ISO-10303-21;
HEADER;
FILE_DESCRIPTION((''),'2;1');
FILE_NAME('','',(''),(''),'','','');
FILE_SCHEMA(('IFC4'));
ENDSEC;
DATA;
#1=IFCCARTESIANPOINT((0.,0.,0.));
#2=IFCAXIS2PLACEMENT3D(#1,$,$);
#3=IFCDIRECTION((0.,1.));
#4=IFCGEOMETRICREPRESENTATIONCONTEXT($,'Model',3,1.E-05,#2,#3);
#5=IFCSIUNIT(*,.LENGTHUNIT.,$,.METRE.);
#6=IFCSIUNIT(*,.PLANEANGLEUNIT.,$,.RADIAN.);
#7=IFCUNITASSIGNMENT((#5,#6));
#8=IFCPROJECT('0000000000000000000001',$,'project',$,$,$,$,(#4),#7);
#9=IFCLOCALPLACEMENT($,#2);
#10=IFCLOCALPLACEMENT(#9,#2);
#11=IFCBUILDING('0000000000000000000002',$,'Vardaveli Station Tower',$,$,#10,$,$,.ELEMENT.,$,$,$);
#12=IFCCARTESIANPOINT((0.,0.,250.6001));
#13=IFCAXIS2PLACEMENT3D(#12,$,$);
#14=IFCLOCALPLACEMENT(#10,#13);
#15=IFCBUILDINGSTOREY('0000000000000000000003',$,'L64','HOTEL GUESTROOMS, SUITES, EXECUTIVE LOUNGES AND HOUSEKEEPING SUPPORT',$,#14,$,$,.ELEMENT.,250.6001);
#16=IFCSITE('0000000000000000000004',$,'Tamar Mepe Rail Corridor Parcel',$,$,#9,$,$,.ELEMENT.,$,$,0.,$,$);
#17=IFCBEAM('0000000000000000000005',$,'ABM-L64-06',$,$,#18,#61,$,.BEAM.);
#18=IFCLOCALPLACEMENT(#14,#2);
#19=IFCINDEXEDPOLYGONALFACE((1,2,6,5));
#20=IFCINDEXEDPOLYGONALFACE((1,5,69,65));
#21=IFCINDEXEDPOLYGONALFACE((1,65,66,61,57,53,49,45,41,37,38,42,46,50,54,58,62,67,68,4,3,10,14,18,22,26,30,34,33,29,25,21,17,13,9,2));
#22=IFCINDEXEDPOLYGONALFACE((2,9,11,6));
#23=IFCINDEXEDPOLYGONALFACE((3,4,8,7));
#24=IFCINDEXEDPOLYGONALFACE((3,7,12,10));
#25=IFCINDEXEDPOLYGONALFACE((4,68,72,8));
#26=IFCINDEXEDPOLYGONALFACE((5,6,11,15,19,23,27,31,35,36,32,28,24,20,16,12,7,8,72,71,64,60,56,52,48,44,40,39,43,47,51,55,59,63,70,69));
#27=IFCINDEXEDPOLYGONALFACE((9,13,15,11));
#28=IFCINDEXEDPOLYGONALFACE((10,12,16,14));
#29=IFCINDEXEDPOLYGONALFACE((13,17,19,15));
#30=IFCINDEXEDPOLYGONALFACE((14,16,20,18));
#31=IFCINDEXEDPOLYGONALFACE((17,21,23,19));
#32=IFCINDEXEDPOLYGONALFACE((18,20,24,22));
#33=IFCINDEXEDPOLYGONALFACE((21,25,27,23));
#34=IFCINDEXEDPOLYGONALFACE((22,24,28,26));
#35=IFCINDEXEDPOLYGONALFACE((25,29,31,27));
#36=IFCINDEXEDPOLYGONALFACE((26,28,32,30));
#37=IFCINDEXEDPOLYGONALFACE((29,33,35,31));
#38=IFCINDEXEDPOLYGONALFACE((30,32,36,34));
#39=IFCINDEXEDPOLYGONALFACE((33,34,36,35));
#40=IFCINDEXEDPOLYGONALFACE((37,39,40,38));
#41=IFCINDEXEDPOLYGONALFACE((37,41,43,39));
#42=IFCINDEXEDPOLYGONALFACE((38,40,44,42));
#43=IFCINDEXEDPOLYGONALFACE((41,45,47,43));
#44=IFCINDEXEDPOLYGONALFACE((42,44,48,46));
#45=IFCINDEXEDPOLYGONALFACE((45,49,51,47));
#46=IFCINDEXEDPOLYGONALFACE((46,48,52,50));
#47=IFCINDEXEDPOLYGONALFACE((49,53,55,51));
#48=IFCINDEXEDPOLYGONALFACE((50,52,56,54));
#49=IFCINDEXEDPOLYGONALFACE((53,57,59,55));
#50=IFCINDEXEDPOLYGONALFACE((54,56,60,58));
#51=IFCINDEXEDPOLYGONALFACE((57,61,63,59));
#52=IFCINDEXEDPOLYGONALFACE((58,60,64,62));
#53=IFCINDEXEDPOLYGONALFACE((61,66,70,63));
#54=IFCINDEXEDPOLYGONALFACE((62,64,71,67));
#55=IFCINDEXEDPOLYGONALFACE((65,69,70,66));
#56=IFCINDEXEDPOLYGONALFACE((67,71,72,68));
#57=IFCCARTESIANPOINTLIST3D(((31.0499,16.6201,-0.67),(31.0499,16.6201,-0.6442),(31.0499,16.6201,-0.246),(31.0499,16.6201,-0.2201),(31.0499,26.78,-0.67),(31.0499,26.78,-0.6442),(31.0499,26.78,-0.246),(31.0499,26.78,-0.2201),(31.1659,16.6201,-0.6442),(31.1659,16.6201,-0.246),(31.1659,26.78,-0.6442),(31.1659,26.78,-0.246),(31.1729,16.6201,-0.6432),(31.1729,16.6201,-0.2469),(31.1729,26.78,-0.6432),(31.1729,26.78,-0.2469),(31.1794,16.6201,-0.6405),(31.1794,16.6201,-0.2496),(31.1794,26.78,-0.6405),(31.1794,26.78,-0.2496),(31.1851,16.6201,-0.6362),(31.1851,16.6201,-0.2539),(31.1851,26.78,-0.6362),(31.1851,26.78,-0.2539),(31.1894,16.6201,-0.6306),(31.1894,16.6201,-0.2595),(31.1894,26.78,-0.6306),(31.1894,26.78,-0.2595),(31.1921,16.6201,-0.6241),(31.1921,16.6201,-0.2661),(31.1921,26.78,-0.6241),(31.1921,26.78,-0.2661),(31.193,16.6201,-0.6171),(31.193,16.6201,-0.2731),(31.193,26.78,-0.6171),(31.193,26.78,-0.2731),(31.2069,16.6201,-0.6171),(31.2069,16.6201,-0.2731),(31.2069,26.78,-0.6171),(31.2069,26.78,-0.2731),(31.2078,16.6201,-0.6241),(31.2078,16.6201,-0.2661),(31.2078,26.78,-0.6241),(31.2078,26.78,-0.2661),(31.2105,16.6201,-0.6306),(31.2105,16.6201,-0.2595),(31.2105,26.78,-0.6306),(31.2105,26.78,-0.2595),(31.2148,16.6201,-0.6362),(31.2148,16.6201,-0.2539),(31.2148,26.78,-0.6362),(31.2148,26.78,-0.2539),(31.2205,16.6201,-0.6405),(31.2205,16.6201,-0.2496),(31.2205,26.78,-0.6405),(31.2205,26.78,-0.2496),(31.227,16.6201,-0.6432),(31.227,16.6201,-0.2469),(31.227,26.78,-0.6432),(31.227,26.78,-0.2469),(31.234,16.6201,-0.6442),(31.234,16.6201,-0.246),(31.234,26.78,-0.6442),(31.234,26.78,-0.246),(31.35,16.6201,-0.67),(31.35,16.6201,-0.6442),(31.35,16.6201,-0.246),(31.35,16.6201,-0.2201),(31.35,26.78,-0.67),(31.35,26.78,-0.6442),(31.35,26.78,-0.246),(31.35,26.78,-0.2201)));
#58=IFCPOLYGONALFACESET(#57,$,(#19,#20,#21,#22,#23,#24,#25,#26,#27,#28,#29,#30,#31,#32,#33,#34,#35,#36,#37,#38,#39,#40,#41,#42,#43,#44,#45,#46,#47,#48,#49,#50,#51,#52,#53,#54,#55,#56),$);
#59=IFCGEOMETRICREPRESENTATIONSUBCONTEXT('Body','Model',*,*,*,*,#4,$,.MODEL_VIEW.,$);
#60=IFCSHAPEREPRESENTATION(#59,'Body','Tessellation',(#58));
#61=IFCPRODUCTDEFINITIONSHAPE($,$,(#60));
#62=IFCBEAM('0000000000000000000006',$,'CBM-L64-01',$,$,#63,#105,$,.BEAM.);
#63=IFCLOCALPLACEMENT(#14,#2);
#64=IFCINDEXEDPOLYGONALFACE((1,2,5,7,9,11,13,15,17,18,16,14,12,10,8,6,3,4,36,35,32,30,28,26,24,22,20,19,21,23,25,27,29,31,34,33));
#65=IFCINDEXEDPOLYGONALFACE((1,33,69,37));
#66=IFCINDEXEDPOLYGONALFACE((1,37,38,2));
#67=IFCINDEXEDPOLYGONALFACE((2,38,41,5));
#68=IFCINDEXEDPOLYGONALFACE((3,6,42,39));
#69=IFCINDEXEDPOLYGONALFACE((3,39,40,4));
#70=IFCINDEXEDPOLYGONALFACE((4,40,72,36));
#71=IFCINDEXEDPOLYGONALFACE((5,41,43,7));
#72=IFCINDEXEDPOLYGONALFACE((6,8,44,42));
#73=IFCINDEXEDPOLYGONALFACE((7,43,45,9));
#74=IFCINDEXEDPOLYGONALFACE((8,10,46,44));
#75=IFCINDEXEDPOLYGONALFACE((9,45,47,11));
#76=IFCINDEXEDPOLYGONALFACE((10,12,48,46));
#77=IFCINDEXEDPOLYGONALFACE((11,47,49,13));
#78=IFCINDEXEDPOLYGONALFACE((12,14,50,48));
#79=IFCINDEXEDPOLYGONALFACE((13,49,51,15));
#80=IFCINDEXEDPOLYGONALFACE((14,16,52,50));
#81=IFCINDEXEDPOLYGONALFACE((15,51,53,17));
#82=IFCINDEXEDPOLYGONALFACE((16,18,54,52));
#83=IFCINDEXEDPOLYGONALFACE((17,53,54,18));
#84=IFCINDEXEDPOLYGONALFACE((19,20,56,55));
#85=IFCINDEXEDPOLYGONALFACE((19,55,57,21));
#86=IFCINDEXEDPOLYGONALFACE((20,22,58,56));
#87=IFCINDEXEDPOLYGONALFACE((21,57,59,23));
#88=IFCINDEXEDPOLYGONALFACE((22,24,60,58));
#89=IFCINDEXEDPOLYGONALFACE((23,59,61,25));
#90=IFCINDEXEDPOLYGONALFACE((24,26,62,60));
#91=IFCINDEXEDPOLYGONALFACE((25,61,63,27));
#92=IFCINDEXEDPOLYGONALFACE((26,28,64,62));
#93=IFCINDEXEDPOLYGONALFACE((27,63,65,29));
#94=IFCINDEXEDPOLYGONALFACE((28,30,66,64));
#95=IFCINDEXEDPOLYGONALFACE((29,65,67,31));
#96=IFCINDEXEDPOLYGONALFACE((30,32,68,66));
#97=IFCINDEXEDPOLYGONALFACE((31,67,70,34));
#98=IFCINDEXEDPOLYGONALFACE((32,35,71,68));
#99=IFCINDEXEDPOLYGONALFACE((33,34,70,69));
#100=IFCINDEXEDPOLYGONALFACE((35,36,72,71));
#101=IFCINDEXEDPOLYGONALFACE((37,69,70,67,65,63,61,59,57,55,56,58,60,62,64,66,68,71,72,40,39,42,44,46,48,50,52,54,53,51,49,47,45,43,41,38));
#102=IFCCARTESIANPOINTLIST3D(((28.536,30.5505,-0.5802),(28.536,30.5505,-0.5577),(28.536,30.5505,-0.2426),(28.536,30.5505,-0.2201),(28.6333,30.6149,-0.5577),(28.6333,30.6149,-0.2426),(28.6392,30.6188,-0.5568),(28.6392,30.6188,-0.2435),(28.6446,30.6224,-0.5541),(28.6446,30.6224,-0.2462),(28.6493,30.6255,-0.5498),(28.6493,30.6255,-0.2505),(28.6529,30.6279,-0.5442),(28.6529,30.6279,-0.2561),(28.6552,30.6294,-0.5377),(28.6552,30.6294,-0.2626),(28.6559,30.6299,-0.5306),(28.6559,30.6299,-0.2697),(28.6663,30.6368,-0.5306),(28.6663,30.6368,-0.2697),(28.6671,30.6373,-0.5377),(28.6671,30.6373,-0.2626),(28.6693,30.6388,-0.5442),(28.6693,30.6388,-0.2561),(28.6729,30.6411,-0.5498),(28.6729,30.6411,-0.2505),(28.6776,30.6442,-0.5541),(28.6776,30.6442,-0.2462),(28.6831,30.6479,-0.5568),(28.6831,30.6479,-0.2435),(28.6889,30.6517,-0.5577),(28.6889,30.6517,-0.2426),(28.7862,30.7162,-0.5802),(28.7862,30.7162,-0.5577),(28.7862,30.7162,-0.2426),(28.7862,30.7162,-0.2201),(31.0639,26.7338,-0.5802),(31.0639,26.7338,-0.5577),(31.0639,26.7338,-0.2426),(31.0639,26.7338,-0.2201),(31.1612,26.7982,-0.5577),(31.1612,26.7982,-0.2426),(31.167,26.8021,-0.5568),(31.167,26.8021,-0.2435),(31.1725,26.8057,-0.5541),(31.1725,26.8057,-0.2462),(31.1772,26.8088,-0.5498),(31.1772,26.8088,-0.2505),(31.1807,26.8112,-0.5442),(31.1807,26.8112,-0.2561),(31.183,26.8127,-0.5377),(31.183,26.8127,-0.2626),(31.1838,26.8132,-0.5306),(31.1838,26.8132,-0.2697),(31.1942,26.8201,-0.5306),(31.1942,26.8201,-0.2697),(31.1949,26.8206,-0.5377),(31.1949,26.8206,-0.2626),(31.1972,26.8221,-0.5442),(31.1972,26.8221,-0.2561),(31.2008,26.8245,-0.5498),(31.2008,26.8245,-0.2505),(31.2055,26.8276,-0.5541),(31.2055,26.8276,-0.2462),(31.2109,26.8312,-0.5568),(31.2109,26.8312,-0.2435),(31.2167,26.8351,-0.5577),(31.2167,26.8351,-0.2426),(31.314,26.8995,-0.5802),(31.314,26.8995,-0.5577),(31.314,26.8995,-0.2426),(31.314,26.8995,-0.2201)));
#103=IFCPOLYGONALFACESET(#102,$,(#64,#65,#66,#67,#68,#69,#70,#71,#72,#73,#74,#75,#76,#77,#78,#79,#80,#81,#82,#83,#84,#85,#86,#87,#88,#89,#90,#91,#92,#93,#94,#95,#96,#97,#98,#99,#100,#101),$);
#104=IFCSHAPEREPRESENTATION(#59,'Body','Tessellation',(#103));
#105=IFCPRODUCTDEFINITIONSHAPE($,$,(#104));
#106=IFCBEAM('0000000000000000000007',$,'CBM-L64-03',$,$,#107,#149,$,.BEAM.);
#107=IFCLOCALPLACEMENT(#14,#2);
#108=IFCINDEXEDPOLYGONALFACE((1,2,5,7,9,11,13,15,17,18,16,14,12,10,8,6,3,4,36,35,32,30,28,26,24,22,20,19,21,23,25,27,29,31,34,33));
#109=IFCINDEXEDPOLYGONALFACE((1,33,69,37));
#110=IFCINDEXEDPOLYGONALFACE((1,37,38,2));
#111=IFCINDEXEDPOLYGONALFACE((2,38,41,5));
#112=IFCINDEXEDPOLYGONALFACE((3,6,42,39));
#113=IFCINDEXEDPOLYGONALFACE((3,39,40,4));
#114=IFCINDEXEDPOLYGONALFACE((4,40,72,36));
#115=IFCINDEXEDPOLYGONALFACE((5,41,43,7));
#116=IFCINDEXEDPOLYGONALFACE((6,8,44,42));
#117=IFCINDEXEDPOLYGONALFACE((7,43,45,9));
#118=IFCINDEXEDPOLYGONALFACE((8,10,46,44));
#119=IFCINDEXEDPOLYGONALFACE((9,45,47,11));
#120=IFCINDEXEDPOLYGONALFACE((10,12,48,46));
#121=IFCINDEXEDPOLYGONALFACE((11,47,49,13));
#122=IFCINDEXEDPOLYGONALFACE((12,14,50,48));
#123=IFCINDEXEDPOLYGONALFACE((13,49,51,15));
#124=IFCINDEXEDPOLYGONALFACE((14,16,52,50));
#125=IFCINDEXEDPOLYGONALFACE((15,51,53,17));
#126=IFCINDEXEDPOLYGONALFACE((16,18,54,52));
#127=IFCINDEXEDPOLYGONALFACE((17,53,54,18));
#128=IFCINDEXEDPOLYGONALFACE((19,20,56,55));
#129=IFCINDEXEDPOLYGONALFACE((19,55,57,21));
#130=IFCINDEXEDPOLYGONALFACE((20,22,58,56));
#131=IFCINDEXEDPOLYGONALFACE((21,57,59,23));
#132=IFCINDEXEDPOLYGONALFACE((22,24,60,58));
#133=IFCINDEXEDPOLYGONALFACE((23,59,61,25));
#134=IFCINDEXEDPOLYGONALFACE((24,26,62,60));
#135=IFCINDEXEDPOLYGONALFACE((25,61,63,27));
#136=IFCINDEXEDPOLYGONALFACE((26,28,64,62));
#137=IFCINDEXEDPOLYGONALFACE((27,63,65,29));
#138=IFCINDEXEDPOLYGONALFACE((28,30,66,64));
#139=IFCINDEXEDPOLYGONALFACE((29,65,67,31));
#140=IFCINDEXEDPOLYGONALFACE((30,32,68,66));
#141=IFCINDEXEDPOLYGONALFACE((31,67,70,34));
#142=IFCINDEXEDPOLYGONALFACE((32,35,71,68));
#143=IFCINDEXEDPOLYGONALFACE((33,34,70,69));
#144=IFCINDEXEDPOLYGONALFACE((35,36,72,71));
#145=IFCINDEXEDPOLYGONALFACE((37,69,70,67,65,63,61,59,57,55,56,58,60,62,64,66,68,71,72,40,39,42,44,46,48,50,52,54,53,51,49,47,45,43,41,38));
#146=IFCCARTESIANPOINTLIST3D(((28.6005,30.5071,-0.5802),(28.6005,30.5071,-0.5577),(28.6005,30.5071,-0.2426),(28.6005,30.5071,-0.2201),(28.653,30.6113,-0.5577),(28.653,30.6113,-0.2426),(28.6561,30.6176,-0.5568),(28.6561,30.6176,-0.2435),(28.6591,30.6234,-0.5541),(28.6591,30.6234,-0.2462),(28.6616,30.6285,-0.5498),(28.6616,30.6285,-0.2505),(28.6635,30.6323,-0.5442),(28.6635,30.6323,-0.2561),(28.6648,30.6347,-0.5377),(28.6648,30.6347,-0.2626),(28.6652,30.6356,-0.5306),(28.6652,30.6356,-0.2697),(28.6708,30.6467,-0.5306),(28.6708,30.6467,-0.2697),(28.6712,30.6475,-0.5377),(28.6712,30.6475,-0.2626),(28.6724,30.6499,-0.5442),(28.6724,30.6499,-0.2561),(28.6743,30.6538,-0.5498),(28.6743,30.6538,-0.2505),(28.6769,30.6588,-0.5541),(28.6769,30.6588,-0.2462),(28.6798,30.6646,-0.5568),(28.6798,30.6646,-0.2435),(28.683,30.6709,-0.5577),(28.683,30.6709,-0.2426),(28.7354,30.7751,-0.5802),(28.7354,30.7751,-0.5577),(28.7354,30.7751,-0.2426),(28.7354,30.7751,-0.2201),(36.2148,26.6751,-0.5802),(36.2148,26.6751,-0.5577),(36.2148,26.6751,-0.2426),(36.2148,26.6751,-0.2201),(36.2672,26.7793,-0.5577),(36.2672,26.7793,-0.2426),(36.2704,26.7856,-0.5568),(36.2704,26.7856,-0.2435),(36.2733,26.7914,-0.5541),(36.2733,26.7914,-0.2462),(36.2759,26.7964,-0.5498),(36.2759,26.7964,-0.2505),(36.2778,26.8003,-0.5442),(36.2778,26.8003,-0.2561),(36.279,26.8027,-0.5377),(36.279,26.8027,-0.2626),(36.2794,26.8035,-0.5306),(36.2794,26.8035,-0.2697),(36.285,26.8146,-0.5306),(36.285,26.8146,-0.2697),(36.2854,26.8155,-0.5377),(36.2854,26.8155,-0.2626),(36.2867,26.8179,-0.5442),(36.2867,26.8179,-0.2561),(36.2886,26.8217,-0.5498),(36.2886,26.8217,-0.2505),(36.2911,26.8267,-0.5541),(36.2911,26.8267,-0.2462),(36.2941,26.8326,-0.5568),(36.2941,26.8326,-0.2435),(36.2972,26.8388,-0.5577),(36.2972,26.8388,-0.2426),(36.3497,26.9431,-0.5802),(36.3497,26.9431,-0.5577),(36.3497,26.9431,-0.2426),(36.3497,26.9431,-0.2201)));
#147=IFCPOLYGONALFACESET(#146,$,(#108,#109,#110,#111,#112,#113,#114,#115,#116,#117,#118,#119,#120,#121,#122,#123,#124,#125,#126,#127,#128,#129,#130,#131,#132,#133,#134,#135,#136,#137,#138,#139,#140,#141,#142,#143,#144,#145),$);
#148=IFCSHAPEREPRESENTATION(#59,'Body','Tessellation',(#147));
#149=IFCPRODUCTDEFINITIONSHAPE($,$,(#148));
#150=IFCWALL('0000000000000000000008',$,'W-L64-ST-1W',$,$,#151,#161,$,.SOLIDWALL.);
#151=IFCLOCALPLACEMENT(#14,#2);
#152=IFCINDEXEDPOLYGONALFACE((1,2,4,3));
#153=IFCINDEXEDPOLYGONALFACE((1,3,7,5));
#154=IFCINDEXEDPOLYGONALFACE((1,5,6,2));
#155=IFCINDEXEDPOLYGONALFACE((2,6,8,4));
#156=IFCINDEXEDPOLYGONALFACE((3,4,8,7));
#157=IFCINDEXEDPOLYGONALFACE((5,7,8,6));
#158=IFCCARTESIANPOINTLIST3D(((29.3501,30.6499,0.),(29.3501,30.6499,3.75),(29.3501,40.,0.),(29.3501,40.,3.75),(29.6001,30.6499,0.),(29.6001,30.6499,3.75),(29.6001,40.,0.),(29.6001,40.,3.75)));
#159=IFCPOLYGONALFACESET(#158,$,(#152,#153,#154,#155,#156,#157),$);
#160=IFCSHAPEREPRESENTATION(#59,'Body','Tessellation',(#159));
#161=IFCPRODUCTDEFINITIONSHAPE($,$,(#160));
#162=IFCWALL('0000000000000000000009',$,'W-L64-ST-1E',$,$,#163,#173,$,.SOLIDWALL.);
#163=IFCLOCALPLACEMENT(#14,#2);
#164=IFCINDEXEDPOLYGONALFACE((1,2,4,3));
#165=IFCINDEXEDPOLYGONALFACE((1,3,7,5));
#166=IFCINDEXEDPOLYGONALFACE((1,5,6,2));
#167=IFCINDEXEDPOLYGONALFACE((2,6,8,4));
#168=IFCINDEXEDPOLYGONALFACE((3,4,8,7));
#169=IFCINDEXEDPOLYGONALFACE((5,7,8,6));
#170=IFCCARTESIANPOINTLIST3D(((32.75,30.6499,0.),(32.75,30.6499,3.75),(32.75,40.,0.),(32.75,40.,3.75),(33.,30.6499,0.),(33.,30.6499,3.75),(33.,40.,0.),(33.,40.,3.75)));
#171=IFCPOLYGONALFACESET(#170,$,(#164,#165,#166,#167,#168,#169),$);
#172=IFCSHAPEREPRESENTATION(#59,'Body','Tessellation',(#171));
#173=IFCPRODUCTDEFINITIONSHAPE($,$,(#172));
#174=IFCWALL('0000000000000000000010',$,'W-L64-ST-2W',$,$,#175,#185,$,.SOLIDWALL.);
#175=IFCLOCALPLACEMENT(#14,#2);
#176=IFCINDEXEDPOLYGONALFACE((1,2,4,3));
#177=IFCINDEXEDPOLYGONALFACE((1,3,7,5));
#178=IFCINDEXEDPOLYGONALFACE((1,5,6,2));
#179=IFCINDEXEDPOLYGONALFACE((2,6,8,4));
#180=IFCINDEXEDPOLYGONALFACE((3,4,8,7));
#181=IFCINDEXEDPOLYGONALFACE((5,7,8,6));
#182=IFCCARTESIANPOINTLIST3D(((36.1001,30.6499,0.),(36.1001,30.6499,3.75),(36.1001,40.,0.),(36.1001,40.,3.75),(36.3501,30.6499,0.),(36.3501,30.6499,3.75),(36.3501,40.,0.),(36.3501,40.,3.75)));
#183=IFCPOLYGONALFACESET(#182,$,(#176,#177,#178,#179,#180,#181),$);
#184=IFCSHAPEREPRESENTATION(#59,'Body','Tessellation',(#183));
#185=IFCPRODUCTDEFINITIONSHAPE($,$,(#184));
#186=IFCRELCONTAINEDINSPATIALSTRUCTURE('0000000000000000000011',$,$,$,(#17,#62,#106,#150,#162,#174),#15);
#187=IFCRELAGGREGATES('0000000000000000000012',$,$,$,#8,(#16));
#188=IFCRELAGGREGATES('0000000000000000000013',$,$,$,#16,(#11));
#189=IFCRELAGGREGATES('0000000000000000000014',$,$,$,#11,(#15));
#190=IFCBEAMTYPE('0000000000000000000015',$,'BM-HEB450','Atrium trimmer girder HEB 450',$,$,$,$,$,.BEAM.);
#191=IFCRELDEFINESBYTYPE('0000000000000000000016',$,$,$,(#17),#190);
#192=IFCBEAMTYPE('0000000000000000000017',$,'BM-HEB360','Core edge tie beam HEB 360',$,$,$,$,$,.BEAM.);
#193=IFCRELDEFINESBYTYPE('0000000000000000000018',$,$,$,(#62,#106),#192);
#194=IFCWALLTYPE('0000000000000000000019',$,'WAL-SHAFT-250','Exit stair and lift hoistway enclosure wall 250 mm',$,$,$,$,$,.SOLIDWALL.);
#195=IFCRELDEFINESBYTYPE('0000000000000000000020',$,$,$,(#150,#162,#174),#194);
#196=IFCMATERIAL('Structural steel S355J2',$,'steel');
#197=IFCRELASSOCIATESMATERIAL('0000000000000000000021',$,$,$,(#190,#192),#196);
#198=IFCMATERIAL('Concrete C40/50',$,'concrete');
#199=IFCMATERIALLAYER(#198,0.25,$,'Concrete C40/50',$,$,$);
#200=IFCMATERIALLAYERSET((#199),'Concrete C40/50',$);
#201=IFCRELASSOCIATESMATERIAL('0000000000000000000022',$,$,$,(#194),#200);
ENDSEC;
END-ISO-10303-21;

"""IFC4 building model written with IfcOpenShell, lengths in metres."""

from ifc_helpers import new_model, si_unit, direction, frame, frame_2d, origin, origin_2d, place, context, subcontext, project, spatial, rectangle, i_section, extrude, source, transform, mapped, material, layer, layer_set, material_profile, profile_set, type_object, element, save


model = new_model("IFC4")

# Units and contexts
model_context = context("Model", 3, precision=1e-05, world=origin(), true_north=direction((0.0, 1.0)))
body_context = subcontext(model_context, "Body", "Model", "MODEL_VIEW")
ifc_project = project(units=[si_unit("LENGTHUNIT", "METRE"), si_unit("PLANEANGLEUNIT", "RADIAN")], contexts=[model_context])

# Site, building, storey
site_placement = place(None, origin())
site = spatial("IfcSite", under=ifc_project, at=site_placement, Name="Tamar Mepe Rail Corridor Parcel", CompositionType="ELEMENT", RefElevation=0.0)
building_placement = place(site_placement, origin())
building = spatial("IfcBuilding", under=site, at=building_placement, Name="Vardaveli Station Tower", CompositionType="ELEMENT")
storey_placement = place(building_placement, frame((0.0, 0.0, 250.6001)))
storey = spatial("IfcBuildingStorey", under=building, at=storey_placement, Name="L64", Description="HOTEL GUESTROOMS, SUITES, EXECUTIVE LOUNGES AND HOUSEKEEPING SUPPORT", CompositionType="ELEMENT", Elevation=250.6001)

# Beams
ifc_material_1 = material(Name="Structural steel S355J2", Category="steel")
ifc_material_profile_1 = material_profile(ifc_material_1, i_section(OverallWidth=0.3, OverallDepth=0.45, WebThickness=0.0139, FlangeThickness=0.0259, FilletRadius=0.0271, at=origin_2d()), Name="HEB 450")
ifc_profile_set_1 = profile_set([ifc_material_profile_1], Name="Structural steel S355J2")
beam_type_1 = type_object("IfcBeamType", Name="BM-HEB450", Description="Atrium trimmer girder HEB 450", PredefinedType="BEAM", material=ifc_profile_set_1)
shared_shape_1 = source(origin(), body_context, "Body", "SweptSolid", [
    extrude(i_section(OverallWidth=0.3, OverallDepth=0.45, WebThickness=0.0139, FlangeThickness=0.0259, FilletRadius=0.0271, at=origin_2d()), origin(), (0.0, 0.0, 1.0), 10.1599),
])
beam_1_placement = place(storey_placement, frame((31.2, 26.78, -0.4451), z_axis=(0.0, -1.0, 0.0), x_axis=(1.0, 0.0, 0.0)))
element("IfcBeam", 1, at=beam_1_placement, inside=storey, type_object=beam_type_1, Name="ABM-L64-06", PredefinedType="BEAM", context=body_context, shape_type="MappedRepresentation", body=[
    mapped(shared_shape_1, transform((0.0, 0.0, 0.0), scale=1.0)),
])
ifc_material_profile_2 = material_profile(ifc_material_1, i_section(OverallWidth=0.3, OverallDepth=0.3601, WebThickness=0.0125, FlangeThickness=0.0225, FilletRadius=0.0271, at=origin_2d()), Name="HEB 360")
ifc_profile_set_2 = profile_set([ifc_material_profile_2], Name="Structural steel S355J2")
beam_type_2 = type_object("IfcBeamType", Name="BM-HEB360", Description="Core edge tie beam HEB 360", PredefinedType="BEAM", material=ifc_profile_set_2)
shared_shape_2 = source(origin(), body_context, "Body", "SweptSolid", [
    extrude(i_section(OverallWidth=0.3, OverallDepth=0.3601, WebThickness=0.0125, FlangeThickness=0.0225, FilletRadius=0.0271, at=origin_2d()), origin(), (0.0, 0.0, 1.0), 4.5779),
])
beam_2_placement = place(storey_placement, frame((31.189, 26.8167, -0.4001), z_axis=(-0.552187, 0.83372, 0.0), x_axis=(-0.83372, -0.552187, 0.0)))
element("IfcBeam", 2, at=beam_2_placement, inside=storey, type_object=beam_type_2, Name="CBM-L64-01", PredefinedType="BEAM", context=body_context, shape_type="MappedRepresentation", body=[
    mapped(shared_shape_2, transform((0.0, 0.0, 0.0), scale=1.0)),
])
shared_shape_3 = source(origin(), body_context, "Body", "SweptSolid", [
    extrude(i_section(OverallWidth=0.3, OverallDepth=0.3601, WebThickness=0.0125, FlangeThickness=0.0225, FilletRadius=0.0271, at=origin_2d()), origin(), (0.0, 0.0, 1.0), 8.5242),
])
beam_3_placement = place(storey_placement, frame((28.668, 30.6411, -0.4001), z_axis=(0.893256, -0.449549, 0.0), x_axis=(0.449549, 0.893256, 0.0)))
element("IfcBeam", 3, at=beam_3_placement, inside=storey, type_object=beam_type_2, Name="CBM-L64-03", PredefinedType="BEAM", context=body_context, shape_type="MappedRepresentation", body=[
    mapped(shared_shape_3, transform((0.0, 0.0, 0.0), scale=1.0)),
])

# Walls
ifc_material_2 = material(Name="Concrete C40/50", Category="concrete")
ifc_layer_1 = layer(ifc_material_2, 0.25, Name="Concrete C40/50")
ifc_layer_set_1 = layer_set([ifc_layer_1], Name="Concrete C40/50")
wall_type_1 = type_object("IfcWallType", Name="WAL-SHAFT-250", Description="Exit stair and lift hoistway enclosure wall 250 mm", PredefinedType="SOLIDWALL", material=ifc_layer_set_1)
shared_shape_4 = source(origin(), body_context, "Body", "SweptSolid", [
    extrude(rectangle(XDim=9.3501, YDim=0.25, at=frame_2d((4.675, 0.0))), origin(), (0.0, 0.0, 1.0), 3.75),
])
for number, where, z_axis, x_axis, name in (
    (4, (29.4751, 30.6499, 0.0), (0.0, 0.0, 1.0), (0.0, 1.0, 0.0), "W-L64-ST-1W"),
    (5, (32.875, 30.6499, 0.0), (0.0, 0.0, 1.0), (0.0, 1.0, 0.0), "W-L64-ST-1E"),
    (6, (36.2251, 30.6499, 0.0), (0.0, 0.0, 1.0), (0.0, 1.0, 0.0), "W-L64-ST-2W"),
):
    element("IfcWall", number, at=place(storey_placement, frame(where, z_axis=z_axis, x_axis=x_axis)), inside=storey, type_object=wall_type_1, Name=name, PredefinedType="SOLIDWALL", context=body_context, shape_type="MappedRepresentation", body=[
        mapped(shared_shape_4, transform((0.0, 0.0, 0.0), scale=1.0)),
    ])

save(model, "model.ifc")
